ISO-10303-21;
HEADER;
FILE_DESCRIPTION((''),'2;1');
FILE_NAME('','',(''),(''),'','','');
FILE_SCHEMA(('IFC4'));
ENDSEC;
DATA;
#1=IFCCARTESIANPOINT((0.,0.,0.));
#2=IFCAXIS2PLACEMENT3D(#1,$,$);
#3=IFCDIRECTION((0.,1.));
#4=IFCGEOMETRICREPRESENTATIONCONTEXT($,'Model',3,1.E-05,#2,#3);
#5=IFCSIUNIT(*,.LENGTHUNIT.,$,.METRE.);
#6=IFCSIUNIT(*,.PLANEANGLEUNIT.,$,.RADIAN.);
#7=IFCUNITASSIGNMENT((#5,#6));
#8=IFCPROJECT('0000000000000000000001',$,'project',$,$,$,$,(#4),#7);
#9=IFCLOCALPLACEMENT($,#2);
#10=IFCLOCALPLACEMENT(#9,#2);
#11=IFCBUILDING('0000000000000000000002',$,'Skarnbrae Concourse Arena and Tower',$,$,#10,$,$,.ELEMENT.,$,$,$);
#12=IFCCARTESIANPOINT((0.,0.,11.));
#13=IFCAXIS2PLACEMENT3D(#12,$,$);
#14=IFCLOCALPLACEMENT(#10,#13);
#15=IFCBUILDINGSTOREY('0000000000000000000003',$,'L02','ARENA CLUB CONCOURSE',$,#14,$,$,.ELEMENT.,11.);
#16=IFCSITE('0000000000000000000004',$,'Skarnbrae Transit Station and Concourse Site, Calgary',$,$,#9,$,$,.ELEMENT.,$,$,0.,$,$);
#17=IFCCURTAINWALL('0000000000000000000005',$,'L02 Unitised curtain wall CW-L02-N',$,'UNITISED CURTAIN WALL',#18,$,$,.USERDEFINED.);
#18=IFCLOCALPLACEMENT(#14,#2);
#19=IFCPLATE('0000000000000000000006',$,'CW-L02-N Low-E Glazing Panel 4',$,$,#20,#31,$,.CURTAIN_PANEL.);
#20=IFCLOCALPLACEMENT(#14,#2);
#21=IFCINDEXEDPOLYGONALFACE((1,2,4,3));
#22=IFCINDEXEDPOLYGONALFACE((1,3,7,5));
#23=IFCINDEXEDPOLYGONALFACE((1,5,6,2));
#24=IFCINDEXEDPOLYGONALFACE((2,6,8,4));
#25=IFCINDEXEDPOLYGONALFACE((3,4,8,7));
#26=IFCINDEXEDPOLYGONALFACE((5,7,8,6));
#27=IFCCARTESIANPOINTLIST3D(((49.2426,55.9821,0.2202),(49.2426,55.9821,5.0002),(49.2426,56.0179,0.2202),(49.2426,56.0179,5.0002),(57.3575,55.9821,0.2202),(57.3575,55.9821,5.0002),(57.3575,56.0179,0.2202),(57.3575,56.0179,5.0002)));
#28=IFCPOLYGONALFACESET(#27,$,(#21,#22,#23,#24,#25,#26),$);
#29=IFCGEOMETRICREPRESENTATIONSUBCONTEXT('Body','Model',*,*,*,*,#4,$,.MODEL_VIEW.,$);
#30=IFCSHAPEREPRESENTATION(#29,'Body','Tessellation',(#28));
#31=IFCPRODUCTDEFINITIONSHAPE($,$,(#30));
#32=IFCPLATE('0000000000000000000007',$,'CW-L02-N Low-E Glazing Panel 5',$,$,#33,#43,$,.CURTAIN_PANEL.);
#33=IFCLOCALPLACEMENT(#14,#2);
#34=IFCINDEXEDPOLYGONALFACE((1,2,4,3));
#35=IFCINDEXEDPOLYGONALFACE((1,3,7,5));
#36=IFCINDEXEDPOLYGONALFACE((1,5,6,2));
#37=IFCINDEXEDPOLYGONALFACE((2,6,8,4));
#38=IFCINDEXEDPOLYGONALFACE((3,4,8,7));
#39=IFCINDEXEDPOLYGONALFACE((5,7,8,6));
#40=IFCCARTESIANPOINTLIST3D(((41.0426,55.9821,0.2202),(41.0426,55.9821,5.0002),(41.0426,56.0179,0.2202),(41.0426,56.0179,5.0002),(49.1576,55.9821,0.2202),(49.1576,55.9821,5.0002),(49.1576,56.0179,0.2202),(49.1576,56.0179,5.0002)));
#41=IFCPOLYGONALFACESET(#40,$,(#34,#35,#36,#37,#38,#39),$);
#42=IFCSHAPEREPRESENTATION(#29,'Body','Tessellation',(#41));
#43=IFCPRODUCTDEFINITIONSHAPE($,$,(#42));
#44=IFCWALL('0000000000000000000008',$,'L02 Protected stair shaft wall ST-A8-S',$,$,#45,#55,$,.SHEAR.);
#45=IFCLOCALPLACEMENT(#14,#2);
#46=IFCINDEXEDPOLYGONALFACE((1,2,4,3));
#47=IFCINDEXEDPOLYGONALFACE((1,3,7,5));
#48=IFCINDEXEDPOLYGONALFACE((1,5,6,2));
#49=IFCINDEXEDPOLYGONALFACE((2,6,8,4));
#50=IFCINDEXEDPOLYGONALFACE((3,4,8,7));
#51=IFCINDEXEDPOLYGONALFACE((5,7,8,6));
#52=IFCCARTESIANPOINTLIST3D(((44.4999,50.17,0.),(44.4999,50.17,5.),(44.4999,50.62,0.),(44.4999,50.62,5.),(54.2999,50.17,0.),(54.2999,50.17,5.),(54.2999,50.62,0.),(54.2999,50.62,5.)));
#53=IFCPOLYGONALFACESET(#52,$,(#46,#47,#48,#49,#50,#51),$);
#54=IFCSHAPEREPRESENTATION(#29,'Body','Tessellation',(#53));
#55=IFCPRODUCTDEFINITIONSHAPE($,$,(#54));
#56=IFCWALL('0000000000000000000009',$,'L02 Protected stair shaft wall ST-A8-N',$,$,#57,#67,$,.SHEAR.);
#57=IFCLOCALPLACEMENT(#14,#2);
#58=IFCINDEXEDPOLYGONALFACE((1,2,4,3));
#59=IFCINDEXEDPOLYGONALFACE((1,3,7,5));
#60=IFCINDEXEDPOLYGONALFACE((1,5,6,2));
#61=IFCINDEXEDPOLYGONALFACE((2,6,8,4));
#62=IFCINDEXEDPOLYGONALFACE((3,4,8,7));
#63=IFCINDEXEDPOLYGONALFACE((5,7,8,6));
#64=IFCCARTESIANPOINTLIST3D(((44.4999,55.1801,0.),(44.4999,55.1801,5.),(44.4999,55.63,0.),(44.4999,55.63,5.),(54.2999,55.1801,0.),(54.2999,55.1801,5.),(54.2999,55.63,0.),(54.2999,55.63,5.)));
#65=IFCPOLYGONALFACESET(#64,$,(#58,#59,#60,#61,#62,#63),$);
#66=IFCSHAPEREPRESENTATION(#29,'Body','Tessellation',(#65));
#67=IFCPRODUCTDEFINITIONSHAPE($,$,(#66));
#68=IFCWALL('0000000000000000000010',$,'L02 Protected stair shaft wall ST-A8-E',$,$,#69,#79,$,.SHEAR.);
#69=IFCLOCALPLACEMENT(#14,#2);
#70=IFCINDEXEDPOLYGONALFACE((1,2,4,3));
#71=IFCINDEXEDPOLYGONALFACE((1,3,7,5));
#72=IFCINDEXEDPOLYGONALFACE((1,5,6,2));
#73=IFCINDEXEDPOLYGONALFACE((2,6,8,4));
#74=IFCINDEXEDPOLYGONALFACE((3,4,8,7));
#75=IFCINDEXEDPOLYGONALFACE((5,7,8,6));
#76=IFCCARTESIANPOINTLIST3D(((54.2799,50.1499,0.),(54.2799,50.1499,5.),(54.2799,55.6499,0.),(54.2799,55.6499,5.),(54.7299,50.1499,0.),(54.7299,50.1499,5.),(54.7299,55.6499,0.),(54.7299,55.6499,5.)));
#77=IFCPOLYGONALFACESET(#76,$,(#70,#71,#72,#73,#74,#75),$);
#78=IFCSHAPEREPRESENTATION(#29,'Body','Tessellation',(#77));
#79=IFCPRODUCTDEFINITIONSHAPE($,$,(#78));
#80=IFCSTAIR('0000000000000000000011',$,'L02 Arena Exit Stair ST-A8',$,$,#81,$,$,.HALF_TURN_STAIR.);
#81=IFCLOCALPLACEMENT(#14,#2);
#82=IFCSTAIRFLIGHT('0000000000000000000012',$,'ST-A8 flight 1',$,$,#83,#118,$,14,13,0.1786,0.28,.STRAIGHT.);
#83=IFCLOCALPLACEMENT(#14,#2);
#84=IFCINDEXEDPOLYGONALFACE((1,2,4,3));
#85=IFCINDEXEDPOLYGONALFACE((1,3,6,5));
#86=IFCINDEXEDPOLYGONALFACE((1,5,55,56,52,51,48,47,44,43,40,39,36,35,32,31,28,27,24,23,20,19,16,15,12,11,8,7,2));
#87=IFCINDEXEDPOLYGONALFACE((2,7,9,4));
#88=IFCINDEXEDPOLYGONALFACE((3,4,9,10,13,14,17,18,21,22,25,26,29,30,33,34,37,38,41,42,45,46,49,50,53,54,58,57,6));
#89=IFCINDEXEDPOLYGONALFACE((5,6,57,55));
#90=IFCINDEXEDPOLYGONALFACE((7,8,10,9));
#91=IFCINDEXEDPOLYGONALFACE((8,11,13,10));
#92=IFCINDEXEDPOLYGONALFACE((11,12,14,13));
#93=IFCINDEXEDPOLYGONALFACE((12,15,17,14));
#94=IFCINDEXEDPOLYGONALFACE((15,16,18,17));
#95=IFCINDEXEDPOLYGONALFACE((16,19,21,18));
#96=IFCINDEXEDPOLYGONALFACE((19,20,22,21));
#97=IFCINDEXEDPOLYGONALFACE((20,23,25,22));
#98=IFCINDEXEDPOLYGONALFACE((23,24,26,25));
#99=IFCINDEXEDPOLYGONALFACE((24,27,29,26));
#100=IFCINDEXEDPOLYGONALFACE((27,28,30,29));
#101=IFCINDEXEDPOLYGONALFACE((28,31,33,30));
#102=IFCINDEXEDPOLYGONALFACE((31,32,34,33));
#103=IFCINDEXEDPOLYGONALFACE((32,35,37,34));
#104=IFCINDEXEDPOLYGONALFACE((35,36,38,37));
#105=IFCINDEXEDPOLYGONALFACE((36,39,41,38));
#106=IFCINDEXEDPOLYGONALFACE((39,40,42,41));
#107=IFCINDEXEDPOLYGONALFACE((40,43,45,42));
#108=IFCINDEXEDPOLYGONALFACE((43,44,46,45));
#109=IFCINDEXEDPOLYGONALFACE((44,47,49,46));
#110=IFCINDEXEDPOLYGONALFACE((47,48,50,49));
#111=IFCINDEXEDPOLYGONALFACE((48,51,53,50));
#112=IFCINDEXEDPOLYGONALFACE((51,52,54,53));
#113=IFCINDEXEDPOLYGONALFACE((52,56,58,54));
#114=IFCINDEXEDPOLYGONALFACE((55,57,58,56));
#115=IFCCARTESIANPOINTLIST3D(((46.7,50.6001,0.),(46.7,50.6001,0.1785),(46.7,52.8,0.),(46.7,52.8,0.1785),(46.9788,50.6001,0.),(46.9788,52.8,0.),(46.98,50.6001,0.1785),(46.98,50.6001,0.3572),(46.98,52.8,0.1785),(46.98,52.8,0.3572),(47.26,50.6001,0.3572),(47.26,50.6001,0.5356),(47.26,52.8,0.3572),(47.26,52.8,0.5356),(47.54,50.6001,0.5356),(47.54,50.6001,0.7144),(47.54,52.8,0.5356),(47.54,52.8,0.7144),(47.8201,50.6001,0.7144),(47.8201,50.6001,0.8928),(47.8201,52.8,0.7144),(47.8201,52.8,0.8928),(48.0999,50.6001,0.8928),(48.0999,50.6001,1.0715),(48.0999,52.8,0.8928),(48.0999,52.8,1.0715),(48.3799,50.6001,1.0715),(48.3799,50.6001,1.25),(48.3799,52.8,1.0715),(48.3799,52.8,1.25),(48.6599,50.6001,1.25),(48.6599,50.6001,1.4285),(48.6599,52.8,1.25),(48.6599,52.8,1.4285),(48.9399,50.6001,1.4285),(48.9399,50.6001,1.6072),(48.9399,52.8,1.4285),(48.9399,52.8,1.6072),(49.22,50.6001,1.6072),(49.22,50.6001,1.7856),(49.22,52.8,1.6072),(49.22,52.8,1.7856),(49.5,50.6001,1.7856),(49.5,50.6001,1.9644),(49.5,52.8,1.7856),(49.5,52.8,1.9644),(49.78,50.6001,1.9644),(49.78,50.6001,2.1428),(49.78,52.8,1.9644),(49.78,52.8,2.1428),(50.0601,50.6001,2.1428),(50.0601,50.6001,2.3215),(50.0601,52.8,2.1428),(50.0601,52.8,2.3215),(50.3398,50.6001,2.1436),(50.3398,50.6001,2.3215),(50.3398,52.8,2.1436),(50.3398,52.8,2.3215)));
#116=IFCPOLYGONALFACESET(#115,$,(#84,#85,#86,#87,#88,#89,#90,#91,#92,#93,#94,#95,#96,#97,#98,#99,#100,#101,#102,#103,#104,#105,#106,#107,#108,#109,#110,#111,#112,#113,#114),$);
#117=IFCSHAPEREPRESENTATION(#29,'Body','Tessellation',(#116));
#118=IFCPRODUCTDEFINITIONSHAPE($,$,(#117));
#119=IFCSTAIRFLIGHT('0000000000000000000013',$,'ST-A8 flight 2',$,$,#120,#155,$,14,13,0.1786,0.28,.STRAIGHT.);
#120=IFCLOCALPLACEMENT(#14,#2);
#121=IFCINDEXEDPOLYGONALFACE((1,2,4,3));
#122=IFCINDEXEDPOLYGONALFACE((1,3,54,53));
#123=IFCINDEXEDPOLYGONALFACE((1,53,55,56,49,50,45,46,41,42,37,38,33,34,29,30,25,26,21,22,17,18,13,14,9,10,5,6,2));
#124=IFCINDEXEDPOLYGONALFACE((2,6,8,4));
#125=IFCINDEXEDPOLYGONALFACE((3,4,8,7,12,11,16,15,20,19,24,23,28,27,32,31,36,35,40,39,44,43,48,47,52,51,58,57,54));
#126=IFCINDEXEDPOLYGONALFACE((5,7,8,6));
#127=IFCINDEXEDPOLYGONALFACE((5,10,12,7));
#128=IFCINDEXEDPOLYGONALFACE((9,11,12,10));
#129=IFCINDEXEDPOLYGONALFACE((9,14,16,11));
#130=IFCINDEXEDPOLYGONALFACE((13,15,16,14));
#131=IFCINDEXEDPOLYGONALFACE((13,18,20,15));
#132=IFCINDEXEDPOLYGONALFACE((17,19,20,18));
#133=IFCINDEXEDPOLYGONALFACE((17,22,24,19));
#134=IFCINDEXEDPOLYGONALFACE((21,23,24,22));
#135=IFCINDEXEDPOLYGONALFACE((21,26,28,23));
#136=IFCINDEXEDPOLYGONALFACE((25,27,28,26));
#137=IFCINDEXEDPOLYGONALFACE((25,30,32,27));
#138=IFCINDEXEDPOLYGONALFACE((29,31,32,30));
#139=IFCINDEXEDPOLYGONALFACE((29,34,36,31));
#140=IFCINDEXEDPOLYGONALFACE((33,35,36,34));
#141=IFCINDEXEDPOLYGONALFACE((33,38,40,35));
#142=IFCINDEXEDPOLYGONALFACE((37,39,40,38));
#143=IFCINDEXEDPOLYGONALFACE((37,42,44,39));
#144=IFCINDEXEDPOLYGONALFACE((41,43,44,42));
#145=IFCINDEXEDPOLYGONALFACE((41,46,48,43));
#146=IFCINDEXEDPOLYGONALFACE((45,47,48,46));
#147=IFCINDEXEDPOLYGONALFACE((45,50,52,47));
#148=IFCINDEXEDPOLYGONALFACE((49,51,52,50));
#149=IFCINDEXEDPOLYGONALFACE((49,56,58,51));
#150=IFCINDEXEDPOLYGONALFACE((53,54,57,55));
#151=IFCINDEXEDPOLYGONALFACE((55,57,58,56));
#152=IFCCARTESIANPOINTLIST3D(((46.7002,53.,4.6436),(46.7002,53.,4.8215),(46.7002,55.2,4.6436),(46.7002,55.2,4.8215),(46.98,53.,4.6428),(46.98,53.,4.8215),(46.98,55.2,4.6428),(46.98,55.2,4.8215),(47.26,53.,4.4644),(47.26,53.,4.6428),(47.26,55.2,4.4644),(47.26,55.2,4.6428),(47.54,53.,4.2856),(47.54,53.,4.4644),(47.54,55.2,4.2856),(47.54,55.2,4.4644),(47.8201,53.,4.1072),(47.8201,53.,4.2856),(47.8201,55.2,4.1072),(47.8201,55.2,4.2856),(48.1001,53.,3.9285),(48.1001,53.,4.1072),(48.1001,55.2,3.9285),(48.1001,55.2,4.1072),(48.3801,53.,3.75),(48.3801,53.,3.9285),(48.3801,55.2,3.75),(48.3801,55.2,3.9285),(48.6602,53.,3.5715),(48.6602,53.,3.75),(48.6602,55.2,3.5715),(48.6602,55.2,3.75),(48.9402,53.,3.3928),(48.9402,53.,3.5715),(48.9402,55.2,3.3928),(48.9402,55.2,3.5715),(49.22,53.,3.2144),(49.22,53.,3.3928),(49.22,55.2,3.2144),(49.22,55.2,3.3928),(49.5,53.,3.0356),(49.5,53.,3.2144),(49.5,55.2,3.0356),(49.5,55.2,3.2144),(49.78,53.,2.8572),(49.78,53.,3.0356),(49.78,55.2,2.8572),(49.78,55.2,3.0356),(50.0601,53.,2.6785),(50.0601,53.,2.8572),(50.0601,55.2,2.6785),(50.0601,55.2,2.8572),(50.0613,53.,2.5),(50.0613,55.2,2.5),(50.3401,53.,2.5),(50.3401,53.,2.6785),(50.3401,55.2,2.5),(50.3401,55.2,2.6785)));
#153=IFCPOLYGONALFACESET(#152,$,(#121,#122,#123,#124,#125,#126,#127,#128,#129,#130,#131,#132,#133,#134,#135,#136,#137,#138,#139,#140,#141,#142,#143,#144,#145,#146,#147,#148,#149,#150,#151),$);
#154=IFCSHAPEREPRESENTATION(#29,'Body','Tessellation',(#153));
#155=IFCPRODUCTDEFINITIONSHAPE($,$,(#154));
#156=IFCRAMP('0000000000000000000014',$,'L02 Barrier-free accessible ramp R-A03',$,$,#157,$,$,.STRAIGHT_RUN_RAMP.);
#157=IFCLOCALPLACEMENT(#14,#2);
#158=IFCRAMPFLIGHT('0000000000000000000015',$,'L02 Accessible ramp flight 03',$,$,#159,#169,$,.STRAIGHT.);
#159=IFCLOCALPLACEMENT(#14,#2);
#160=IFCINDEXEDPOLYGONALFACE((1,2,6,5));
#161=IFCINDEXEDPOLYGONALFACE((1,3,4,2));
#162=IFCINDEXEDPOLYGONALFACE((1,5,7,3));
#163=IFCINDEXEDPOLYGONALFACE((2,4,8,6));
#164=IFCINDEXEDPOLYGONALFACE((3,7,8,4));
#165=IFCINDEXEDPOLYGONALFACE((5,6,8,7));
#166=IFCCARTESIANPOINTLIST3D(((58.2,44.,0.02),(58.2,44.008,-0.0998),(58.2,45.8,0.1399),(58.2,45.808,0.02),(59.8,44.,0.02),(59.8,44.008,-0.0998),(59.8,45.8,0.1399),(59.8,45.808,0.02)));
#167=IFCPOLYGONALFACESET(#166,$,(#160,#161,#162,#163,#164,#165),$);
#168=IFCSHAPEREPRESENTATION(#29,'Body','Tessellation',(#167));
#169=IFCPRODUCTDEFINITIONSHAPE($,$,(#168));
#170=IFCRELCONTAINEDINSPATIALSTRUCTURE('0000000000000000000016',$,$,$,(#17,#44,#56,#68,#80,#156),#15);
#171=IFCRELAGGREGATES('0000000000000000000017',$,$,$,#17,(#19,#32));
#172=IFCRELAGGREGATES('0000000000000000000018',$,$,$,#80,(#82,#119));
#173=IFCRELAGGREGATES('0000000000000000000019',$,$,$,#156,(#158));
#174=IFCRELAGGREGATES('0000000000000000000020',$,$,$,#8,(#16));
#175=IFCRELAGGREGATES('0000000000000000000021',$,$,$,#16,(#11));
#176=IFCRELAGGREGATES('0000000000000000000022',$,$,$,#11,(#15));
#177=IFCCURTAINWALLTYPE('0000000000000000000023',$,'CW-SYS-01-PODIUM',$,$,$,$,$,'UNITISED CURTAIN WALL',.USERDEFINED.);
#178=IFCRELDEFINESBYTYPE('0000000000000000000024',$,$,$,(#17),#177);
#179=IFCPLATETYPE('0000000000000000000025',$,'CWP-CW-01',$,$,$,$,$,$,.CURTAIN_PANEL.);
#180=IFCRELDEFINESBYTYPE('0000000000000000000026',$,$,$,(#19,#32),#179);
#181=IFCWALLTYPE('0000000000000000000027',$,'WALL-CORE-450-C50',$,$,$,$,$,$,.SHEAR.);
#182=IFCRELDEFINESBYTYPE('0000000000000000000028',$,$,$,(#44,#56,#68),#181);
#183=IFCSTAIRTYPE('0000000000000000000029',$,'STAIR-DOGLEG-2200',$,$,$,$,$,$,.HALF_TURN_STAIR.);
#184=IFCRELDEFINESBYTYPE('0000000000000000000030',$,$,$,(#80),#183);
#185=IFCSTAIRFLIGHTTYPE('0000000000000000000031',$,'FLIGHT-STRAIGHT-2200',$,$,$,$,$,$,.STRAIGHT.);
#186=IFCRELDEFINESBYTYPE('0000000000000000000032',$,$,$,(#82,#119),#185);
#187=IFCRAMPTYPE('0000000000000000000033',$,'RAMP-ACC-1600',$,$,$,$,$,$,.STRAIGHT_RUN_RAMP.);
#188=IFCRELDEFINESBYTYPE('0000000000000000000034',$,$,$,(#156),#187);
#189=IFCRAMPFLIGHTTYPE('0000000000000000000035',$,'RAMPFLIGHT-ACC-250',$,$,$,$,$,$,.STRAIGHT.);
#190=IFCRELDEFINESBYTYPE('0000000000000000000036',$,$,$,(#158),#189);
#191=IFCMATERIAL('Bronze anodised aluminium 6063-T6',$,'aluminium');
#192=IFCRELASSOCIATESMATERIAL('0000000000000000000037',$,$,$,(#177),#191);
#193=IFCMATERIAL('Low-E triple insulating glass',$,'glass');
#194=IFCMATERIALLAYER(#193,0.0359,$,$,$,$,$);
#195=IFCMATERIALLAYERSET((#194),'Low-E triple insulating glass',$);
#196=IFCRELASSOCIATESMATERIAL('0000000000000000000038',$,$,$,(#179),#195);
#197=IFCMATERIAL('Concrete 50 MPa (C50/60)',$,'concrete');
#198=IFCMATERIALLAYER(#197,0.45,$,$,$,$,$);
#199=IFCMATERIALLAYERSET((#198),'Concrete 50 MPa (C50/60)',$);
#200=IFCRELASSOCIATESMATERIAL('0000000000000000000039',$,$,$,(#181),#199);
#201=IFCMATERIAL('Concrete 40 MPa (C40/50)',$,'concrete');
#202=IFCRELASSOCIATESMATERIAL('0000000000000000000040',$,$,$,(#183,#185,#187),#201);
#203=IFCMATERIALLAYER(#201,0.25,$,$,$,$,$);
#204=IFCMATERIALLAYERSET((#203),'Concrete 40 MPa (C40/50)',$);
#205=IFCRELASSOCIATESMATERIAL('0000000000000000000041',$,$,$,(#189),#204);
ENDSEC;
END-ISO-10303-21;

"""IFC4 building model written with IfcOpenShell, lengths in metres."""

from ifc_helpers import new_model, si_unit, direction, frame, frame_2d, origin, origin_2d, place, context, subcontext, project, spatial, polyline, rectangle, outline, extrude, source, transform, mapped, material, layer, layer_set, type_object, element, aggregate, save


model = new_model("IFC4")

# Units and contexts
model_context = context("Model", 3, precision=1e-05, world=origin(), true_north=direction((0.0, 1.0)))
body_context = subcontext(model_context, "Body", "Model", "MODEL_VIEW")
ifc_project = project(units=[si_unit("LENGTHUNIT", "METRE"), si_unit("PLANEANGLEUNIT", "RADIAN")], contexts=[model_context])

# Site, building, storey
site_placement = place(None, origin())
site = spatial("IfcSite", under=ifc_project, at=site_placement, Name="Skarnbrae Transit Station and Concourse Site, Calgary", CompositionType="ELEMENT", RefElevation=0.0)
building_placement = place(site_placement, origin())
building = spatial("IfcBuilding", under=site, at=building_placement, Name="Skarnbrae Concourse Arena and Tower", CompositionType="ELEMENT")
storey_placement = place(building_placement, frame((0.0, 0.0, 11.0)))
storey = spatial("IfcBuildingStorey", under=building, at=storey_placement, Name="L02", Description="ARENA CLUB CONCOURSE", CompositionType="ELEMENT", Elevation=11.0)

# Curtain wall
ifc_material_1 = material(Name="Bronze anodised aluminium 6063-T6", Category="aluminium")
curtain_wall_type = type_object("IfcCurtainWallType", Name="CW-SYS-01-PODIUM", ElementType="UNITISED CURTAIN WALL", PredefinedType="USERDEFINED", material=ifc_material_1)
curtain_wall_placement = place(storey_placement, origin())
curtain_wall = element("IfcCurtainWall", 1, at=curtain_wall_placement, inside=storey, type_object=curtain_wall_type, Name="L02 Unitised curtain wall CW-L02-N", ObjectType="UNITISED CURTAIN WALL", PredefinedType="USERDEFINED")

# Plates
ifc_material_2 = material(Name="Low-E triple insulating glass", Category="glass")
ifc_layer_1 = layer(ifc_material_2, 0.0359)
ifc_layer_set_1 = layer_set([ifc_layer_1], Name="Low-E triple insulating glass")
plate_type = type_object("IfcPlateType", Name="CWP-CW-01", PredefinedType="CURTAIN_PANEL", material=ifc_layer_set_1)
shared_shape_1 = source(origin(), body_context, "Body", "SweptSolid", [
    extrude(rectangle(XDim=8.115, YDim=0.0359, at=origin_2d()), origin(), (0.0, 0.0, 1.0), 4.78),
])
plate_1_placement = place(storey_placement, frame((53.3, 56.0, 0.2202), z_axis=(0.0, 0.0, 1.0), x_axis=(-1.0, 0.0, 0.0)))
plate_1 = element("IfcPlate", 2, at=plate_1_placement, type_object=plate_type, Name="CW-L02-N Low-E Glazing Panel 4", PredefinedType="CURTAIN_PANEL", context=body_context, shape_type="MappedRepresentation", body=[
    mapped(shared_shape_1, transform((0.0, 0.0, 0.0))),
])
plate_2_placement = place(storey_placement, frame((45.1001, 56.0, 0.2202), z_axis=(0.0, 0.0, 1.0), x_axis=(-1.0, 0.0, 0.0)))
plate_2 = element("IfcPlate", 3, at=plate_2_placement, type_object=plate_type, Name="CW-L02-N Low-E Glazing Panel 5", PredefinedType="CURTAIN_PANEL", context=body_context, shape_type="MappedRepresentation", body=[
    mapped(shared_shape_1, transform((0.0, 0.0, 0.0))),
])
aggregate(curtain_wall, [plate_1, plate_2])

# Walls
ifc_material_3 = material(Name="Concrete 50 MPa (C50/60)", Category="concrete")
ifc_layer_2 = layer(ifc_material_3, 0.45)
ifc_layer_set_2 = layer_set([ifc_layer_2], Name="Concrete 50 MPa (C50/60)")
wall_type = type_object("IfcWallType", Name="WALL-CORE-450-C50", PredefinedType="SHEAR", material=ifc_layer_set_2)
shared_shape_2 = source(origin(), body_context, "Body", "SweptSolid", [
    extrude(rectangle(XDim=9.8, YDim=0.45, at=frame_2d((4.8999, 0.0))), origin(), (0.0, 0.0, 1.0), 5.0),
])
for number, where, z_axis, x_axis, name in (
    (4, (44.5, 50.395, 0.0), (0.0, 0.0, 1.0), (1.0, 0.0, 0.0), "L02 Protected stair shaft wall ST-A8-S"),
    (5, (44.5, 55.405, 0.0), (0.0, 0.0, 1.0), (1.0, 0.0, 0.0), "L02 Protected stair shaft wall ST-A8-N"),
):
    element("IfcWall", number, at=place(storey_placement, frame(where, z_axis=z_axis, x_axis=x_axis)), inside=storey, type_object=wall_type, Name=name, PredefinedType="SHEAR", context=body_context, shape_type="MappedRepresentation", body=[
        mapped(shared_shape_2, transform((0.0, 0.0, 0.0))),
    ])

# Shared definitions
shared_shape_3 = source(origin(), body_context, "Body", "SweptSolid", [
    extrude(rectangle(XDim=5.5, YDim=0.45, at=frame_2d((2.75, 0.0))), origin(), (0.0, 0.0, 1.0), 5.0),
])

# Wall
wall_1_placement = place(storey_placement, frame((54.5049, 50.1499, 0.0), z_axis=(0.0, 0.0, 1.0), x_axis=(0.0, 1.0, 0.0)))
element("IfcWall", 6, at=wall_1_placement, inside=storey, type_object=wall_type, Name="L02 Protected stair shaft wall ST-A8-E", PredefinedType="SHEAR", context=body_context, shape_type="MappedRepresentation", body=[
    mapped(shared_shape_3, transform((0.0, 0.0, 0.0))),
])

# Stair, stair flights
ifc_material_4 = material(Name="Concrete 40 MPa (C40/50)", Category="concrete")
stair_type = type_object("IfcStairType", Name="STAIR-DOGLEG-2200", PredefinedType="HALF_TURN_STAIR", material=ifc_material_4)
stair_placement = place(storey_placement, origin())
stair = element("IfcStair", 7, at=stair_placement, inside=storey, type_object=stair_type, Name="L02 Arena Exit Stair ST-A8", PredefinedType="HALF_TURN_STAIR")
stair_flight_type = type_object("IfcStairFlightType", Name="FLIGHT-STRAIGHT-2200", PredefinedType="STRAIGHT", material=ifc_material_4)
shared_shape_4 = source(origin(), body_context, "Body", "SweptSolid", [
    extrude(outline(polyline([(0.0, 0.0), (0.0, 0.1785), (0.28, 0.1785), (0.28, 0.3572), (0.5601, 0.3572), (0.5601, 0.5356), (0.8401, 0.5356), (0.8401, 0.7144), (1.1201, 0.7144), (1.1201, 0.8928), (1.3999, 0.8928), (1.3999, 1.0715), (1.6799, 1.0715), (1.6799, 1.25), (1.96, 1.25), (1.96, 1.4285), (2.24, 1.4285), (2.24, 1.6072), (2.52, 1.6072), (2.52, 1.7856), (2.8, 1.7856), (2.8, 1.9644), (3.0801, 1.9644), (3.0801, 2.1428), (3.3601, 2.1428), (3.3601, 2.3215), (3.6399, 2.3215), (3.6399, 2.5), (3.6399, 2.1436), (0.2788, 0.0), (0.0, 0.0)])), frame((0.0, 1.1001, 0.0), z_axis=(0.0, -1.0, 0.0), x_axis=(1.0, 0.0, 0.0)), (0.0, 0.0, 1.0), 2.2),
])
stair_flight_1_placement = place(storey_placement, frame((46.7, 51.7, 0.0), z_axis=(0.0, 0.0, 1.0), x_axis=(1.0, 0.0, 0.0)))
stair_flight_1 = element("IfcStairFlight", 8, at=stair_flight_1_placement, type_object=stair_flight_type, Name="ST-A8 flight 1", NumberOfRisers=14, NumberOfTreads=13, PredefinedType="STRAIGHT", RiserHeight=0.1786, TreadLength=0.28, context=body_context, shape_type="MappedRepresentation", body=[
    mapped(shared_shape_4, transform((0.0, 0.0, 0.0))),
])
stair_flight_2_placement = place(storey_placement, frame((50.3401, 54.1001, 2.5), z_axis=(0.0, 0.0, 1.0), x_axis=(-1.0, 0.0, 0.0)))
stair_flight_2 = element("IfcStairFlight", 9, at=stair_flight_2_placement, type_object=stair_flight_type, Name="ST-A8 flight 2", NumberOfRisers=14, NumberOfTreads=13, PredefinedType="STRAIGHT", RiserHeight=0.1786, TreadLength=0.28, context=body_context, shape_type="MappedRepresentation", body=[
    mapped(shared_shape_4, transform((0.0, 0.0, 0.0))),
])
aggregate(stair, [stair_flight_1, stair_flight_2])

# Ramp, ramp flight
ramp_type = type_object("IfcRampType", Name="RAMP-ACC-1600", PredefinedType="STRAIGHT_RUN_RAMP", material=ifc_material_4)
ramp_placement = place(storey_placement, origin())
ramp = element("IfcRamp", 10, at=ramp_placement, inside=storey, type_object=ramp_type, Name="L02 Barrier-free accessible ramp R-A03", PredefinedType="STRAIGHT_RUN_RAMP")
ifc_layer_3 = layer(ifc_material_4, 0.25)
ifc_layer_set_3 = layer_set([ifc_layer_3], Name="Concrete 40 MPa (C40/50)")
ramp_flight_type = type_object("IfcRampFlightType", Name="RAMPFLIGHT-ACC-250", PredefinedType="STRAIGHT", material=ifc_layer_set_3)
ramp_flight_placement = place(storey_placement, frame((58.2, 44.0, 0.02), z_axis=(0.0, -0.066447, 0.99779), x_axis=(1.0, 0.0, 0.0)))
ramp_flight = element("IfcRampFlight", 11, at=ramp_flight_placement, type_object=ramp_flight_type, Name="L02 Accessible ramp flight 03", PredefinedType="STRAIGHT", context=body_context, shape_type="SweptSolid", body=[
    extrude(outline(polyline([(0.0, 0.0), (1.6001, 0.0), (1.6001, 1.804), (0.0, 1.804), (0.0, 0.0)])), origin(), (0.0, 0.0, -1.0), 0.1201),
])
aggregate(ramp, [ramp_flight])

save(model, "model.ifc")
